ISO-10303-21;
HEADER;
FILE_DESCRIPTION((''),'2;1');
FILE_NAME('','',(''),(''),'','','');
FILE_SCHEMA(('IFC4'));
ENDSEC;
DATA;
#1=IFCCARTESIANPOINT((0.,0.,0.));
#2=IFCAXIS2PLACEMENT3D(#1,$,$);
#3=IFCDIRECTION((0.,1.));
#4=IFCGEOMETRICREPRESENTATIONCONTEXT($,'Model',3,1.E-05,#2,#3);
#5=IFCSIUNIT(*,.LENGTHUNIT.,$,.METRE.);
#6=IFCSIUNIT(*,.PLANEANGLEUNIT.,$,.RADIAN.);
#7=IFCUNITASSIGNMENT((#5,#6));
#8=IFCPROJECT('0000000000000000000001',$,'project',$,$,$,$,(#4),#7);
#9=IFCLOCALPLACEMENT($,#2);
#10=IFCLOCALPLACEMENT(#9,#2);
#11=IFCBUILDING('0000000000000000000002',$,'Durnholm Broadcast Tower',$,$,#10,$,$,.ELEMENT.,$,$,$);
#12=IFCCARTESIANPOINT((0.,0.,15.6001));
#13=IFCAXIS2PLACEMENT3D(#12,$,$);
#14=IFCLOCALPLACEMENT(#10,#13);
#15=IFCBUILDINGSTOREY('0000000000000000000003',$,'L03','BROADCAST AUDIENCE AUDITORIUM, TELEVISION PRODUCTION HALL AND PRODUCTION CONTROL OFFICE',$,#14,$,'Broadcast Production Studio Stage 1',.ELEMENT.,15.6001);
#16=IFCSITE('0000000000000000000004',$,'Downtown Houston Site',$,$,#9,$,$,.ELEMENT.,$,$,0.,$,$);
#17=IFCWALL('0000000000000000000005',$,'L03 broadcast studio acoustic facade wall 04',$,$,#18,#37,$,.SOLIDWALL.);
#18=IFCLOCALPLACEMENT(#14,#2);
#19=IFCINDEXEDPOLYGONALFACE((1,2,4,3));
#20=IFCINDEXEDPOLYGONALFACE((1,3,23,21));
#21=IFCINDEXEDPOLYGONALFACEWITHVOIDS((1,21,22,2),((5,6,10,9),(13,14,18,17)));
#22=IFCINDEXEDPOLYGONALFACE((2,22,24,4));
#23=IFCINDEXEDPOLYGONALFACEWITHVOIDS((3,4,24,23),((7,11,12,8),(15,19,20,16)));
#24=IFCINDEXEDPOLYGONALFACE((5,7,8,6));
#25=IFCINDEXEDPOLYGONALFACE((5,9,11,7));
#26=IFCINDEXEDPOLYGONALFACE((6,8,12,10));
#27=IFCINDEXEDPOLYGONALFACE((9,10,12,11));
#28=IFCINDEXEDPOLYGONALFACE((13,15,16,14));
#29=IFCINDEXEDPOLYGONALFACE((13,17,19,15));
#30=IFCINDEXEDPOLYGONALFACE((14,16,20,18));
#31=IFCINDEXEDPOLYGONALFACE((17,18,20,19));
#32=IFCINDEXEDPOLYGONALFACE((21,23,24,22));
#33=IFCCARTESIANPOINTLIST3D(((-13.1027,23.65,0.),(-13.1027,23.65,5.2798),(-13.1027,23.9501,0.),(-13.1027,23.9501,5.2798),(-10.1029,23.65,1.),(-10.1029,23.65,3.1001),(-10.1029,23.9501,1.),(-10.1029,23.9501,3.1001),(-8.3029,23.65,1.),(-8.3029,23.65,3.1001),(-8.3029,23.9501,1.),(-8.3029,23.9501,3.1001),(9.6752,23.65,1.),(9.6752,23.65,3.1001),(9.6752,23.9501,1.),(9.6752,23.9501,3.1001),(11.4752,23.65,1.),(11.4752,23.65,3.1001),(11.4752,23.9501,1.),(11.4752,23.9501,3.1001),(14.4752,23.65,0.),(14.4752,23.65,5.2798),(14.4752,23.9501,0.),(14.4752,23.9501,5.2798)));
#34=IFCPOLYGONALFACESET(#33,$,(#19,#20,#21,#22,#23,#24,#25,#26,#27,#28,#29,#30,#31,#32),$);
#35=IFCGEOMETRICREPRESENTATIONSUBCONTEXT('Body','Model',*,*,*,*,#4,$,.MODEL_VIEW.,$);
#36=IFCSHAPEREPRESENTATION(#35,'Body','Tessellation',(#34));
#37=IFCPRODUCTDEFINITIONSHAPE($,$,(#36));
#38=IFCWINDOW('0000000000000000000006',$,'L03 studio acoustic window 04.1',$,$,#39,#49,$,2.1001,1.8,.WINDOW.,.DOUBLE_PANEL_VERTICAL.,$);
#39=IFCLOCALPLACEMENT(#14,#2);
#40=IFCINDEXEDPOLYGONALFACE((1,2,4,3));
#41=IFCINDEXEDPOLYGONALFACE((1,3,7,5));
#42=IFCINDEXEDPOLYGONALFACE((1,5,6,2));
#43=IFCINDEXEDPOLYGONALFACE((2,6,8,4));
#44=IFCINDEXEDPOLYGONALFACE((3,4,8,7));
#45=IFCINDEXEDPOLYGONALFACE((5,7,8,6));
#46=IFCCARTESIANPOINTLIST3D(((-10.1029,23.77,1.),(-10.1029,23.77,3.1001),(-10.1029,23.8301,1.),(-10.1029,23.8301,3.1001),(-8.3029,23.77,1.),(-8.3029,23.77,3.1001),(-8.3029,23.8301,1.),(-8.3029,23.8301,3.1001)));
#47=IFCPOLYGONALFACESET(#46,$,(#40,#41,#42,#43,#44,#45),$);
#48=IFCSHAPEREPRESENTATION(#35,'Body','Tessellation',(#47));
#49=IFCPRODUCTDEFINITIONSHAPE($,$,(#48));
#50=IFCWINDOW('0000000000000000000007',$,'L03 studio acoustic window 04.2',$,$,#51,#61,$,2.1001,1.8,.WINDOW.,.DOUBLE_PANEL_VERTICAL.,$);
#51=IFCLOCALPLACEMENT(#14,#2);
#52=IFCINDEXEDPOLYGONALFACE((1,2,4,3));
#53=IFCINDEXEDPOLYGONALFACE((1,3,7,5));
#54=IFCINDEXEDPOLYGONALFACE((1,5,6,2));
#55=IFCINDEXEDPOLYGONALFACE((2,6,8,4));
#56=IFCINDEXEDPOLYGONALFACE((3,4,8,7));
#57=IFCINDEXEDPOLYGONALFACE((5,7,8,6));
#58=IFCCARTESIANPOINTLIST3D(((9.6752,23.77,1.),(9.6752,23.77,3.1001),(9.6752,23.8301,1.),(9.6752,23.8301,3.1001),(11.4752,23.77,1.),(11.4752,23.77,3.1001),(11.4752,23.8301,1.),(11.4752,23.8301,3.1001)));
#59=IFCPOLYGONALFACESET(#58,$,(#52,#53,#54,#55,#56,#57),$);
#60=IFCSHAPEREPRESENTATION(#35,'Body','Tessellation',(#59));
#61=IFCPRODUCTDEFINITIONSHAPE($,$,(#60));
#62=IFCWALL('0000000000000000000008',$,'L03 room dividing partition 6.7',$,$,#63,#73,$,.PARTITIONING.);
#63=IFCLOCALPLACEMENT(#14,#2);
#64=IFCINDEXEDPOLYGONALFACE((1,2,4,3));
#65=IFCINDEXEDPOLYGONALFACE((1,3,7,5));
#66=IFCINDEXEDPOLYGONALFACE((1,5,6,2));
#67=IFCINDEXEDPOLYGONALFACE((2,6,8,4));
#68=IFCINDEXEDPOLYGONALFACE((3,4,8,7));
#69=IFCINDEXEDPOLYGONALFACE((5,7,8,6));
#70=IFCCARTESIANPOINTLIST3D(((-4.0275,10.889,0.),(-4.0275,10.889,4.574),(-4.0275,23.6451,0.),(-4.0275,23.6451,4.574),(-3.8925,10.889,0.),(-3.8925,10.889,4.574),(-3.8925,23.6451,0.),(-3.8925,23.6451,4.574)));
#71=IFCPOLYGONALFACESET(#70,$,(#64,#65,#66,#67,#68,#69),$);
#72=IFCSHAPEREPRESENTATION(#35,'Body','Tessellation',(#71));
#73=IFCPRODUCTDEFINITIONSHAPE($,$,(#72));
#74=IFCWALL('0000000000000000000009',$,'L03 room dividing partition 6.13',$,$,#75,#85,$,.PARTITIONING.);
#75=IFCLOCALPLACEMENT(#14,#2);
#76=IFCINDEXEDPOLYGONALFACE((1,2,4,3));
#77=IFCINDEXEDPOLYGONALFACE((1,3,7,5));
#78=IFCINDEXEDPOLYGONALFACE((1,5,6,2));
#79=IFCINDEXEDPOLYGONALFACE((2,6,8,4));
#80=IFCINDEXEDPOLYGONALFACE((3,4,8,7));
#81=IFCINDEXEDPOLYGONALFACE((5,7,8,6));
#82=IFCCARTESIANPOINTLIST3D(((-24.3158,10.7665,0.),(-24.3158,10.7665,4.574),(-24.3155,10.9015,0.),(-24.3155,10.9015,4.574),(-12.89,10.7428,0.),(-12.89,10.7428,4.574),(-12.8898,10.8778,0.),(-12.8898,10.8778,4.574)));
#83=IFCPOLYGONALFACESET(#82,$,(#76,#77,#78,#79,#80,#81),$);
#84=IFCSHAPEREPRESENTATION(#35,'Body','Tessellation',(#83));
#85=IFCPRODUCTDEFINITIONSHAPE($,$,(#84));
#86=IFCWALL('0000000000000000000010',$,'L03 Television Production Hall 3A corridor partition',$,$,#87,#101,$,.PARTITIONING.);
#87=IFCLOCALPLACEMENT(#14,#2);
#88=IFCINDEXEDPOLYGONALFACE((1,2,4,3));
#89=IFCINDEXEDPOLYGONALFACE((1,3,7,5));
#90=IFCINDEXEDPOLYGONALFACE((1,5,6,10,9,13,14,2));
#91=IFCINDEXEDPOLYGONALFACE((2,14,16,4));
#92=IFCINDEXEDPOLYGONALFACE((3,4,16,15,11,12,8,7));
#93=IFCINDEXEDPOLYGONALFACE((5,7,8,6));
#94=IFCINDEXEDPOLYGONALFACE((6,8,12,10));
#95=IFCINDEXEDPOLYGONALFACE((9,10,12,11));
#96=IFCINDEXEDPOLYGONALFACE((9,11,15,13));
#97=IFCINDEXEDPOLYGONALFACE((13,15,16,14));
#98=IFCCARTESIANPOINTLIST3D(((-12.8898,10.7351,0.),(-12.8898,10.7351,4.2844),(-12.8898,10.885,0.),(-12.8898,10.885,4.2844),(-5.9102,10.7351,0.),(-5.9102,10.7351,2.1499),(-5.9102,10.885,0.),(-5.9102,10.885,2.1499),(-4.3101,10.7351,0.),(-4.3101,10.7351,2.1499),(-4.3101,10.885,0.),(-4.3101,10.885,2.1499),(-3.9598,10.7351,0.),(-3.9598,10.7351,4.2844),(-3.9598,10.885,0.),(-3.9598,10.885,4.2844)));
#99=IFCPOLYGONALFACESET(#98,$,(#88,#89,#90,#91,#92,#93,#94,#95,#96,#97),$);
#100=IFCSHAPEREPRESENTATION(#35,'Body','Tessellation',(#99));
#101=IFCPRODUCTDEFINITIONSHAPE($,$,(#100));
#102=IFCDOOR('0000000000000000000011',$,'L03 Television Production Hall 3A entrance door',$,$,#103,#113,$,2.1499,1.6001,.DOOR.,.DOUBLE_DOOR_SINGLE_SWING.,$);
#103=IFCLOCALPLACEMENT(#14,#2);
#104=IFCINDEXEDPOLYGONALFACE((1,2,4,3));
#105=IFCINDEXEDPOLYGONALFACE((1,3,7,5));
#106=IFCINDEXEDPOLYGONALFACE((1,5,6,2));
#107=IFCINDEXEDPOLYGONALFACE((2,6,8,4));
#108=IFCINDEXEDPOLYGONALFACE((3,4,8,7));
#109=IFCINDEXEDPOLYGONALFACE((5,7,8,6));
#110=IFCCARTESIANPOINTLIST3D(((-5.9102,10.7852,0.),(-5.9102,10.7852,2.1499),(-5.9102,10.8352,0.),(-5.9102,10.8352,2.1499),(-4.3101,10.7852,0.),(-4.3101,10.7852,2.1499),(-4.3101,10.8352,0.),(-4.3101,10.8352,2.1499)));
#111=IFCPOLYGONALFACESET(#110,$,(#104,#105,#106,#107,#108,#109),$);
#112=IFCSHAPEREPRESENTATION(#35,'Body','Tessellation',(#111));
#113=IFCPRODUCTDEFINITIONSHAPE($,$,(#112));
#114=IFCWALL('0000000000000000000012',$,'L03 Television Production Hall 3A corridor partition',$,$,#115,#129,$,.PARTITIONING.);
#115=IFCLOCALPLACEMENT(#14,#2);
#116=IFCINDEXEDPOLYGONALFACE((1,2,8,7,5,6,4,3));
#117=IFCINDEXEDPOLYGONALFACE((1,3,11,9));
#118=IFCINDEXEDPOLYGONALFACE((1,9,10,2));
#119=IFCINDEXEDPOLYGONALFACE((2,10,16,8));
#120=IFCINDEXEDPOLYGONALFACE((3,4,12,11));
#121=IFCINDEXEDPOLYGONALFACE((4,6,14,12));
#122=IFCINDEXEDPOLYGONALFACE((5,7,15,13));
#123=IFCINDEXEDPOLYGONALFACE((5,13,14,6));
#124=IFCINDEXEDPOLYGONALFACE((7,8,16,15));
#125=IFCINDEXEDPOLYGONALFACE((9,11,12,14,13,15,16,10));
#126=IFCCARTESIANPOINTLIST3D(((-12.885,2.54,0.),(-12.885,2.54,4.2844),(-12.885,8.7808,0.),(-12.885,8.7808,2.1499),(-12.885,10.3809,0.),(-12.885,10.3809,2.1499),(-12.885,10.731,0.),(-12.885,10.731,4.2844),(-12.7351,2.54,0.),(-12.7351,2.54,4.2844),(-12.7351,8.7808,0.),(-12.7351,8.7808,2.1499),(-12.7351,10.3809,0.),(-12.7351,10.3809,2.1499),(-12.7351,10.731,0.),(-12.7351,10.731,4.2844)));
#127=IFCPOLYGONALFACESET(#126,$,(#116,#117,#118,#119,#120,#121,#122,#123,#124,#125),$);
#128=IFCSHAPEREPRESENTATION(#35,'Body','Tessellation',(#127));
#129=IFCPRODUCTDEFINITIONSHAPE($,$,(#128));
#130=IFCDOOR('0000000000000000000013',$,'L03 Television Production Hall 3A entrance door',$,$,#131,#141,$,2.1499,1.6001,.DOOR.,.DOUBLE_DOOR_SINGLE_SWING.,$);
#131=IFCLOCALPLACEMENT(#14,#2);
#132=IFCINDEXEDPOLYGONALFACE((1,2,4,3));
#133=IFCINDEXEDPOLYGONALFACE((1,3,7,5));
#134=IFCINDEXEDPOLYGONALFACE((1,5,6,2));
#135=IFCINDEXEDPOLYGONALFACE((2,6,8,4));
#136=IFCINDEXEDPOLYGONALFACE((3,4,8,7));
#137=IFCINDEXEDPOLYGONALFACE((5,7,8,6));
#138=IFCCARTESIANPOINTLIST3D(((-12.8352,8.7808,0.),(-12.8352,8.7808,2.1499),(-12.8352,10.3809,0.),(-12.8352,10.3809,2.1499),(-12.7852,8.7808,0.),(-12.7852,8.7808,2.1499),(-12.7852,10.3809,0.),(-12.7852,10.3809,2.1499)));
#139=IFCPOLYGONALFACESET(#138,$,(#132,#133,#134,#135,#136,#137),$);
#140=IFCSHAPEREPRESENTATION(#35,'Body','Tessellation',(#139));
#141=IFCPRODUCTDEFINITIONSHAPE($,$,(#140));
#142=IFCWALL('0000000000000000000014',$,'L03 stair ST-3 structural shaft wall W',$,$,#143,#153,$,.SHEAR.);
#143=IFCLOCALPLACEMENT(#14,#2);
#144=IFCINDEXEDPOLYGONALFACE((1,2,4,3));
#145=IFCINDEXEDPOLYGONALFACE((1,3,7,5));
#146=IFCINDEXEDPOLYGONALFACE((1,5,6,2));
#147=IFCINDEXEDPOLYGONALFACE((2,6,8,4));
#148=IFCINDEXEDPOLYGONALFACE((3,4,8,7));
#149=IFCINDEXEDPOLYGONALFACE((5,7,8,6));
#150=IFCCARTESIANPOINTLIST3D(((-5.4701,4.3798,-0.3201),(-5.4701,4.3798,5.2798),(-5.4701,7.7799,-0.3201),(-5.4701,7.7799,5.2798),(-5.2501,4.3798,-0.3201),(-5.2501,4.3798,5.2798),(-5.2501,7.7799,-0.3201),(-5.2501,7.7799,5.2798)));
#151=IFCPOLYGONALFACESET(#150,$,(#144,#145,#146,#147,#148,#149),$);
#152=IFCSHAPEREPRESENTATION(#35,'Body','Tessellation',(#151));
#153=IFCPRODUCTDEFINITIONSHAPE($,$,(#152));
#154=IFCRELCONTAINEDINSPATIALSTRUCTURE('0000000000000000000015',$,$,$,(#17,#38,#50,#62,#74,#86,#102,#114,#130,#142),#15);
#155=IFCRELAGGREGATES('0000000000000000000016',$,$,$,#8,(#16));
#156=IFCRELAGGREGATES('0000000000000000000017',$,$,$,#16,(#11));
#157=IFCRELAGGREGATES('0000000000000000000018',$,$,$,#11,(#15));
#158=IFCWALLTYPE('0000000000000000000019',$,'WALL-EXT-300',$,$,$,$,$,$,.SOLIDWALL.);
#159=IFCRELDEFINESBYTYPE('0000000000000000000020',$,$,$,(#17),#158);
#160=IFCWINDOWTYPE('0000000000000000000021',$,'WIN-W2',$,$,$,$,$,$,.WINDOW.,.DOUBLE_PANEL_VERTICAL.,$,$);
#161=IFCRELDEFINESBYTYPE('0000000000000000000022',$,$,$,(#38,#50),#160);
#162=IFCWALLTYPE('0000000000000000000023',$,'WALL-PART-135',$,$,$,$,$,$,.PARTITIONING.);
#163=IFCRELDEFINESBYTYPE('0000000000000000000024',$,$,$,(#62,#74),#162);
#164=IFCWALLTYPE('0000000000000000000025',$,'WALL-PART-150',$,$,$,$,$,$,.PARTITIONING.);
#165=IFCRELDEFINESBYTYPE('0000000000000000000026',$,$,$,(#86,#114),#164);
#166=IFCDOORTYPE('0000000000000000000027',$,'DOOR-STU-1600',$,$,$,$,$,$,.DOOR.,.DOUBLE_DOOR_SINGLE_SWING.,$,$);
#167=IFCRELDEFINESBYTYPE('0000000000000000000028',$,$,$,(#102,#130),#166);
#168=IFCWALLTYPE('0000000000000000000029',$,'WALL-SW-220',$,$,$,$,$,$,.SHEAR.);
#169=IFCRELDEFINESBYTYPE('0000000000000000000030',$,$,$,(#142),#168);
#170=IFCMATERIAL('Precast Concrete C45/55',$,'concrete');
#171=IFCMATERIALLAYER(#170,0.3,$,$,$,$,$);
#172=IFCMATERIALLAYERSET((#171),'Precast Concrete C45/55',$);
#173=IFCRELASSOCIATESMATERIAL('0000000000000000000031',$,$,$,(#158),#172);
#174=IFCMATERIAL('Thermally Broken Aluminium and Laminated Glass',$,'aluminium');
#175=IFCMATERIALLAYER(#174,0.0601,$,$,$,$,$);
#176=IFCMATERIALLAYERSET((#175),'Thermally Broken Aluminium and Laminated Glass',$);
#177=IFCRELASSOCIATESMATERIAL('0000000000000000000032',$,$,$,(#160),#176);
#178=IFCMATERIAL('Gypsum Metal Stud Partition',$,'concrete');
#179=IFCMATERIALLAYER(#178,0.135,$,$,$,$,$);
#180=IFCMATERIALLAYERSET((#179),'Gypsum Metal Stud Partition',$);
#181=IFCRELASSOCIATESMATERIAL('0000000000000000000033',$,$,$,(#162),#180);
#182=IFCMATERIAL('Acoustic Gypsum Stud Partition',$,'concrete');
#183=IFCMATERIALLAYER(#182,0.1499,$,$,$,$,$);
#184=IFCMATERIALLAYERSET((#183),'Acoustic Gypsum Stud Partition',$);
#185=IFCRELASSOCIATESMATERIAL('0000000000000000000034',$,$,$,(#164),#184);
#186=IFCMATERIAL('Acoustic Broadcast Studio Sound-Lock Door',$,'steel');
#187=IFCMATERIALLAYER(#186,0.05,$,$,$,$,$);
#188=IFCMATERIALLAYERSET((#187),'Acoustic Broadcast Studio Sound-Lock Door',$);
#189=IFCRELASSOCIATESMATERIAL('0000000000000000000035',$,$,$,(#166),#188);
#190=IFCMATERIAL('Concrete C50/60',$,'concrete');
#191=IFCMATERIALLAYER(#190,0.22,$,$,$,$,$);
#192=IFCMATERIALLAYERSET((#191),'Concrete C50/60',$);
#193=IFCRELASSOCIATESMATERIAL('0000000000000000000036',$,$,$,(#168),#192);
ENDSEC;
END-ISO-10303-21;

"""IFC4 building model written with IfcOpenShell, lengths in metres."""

from ifc_helpers import new_model, si_unit, direction, frame, frame_2d, origin, place, context, subcontext, project, spatial, rectangle, extrude, source, transform, mapped, material, layer, layer_set, type_object, type_shapes, element, fill, save


model = new_model("IFC4")

# Units and contexts
model_context = context("Model", 3, precision=1e-05, world=origin(), true_north=direction((0.0, 1.0)))
body_context = subcontext(model_context, "Body", "Model", "MODEL_VIEW")
ifc_project = project(units=[si_unit("LENGTHUNIT", "METRE"), si_unit("PLANEANGLEUNIT", "RADIAN")], contexts=[model_context])

# Site, building, storey
site_placement = place(None, origin())
site = spatial("IfcSite", under=ifc_project, at=site_placement, Name="Downtown Houston Site", CompositionType="ELEMENT", RefElevation=0.0)
building_placement = place(site_placement, origin())
building = spatial("IfcBuilding", under=site, at=building_placement, Name="Durnholm Broadcast Tower", CompositionType="ELEMENT")
storey_placement = place(building_placement, frame((0.0, 0.0, 15.6001)))
storey = spatial("IfcBuildingStorey", under=building, at=storey_placement, Name="L03", Description="BROADCAST AUDIENCE AUDITORIUM, TELEVISION PRODUCTION HALL AND PRODUCTION CONTROL OFFICE", LongName="Broadcast Production Studio Stage 1", CompositionType="ELEMENT", Elevation=15.6001)

# Wall, openings, windows
ifc_material_1 = material(Name="Precast Concrete C45/55", Category="concrete")
ifc_layer_1 = layer(ifc_material_1, 0.3)
ifc_layer_set_1 = layer_set([ifc_layer_1], Name="Precast Concrete C45/55")
wall_type_1 = type_object("IfcWallType", Name="WALL-EXT-300", PredefinedType="SOLIDWALL", material=ifc_layer_set_1)
wall_1_placement = place(storey_placement, frame((-13.1028, 23.8, 0.0), z_axis=(0.0, 0.0, 1.0), x_axis=(1.0, 0.0, 0.0)))
wall_1 = element("IfcWall", 1, at=wall_1_placement, inside=storey, type_object=wall_type_1, Name="L03 broadcast studio acoustic facade wall 04", PredefinedType="SOLIDWALL", context=body_context, shape_type="SweptSolid", body=[
    extrude(rectangle(XDim=27.5779, YDim=0.3, at=frame_2d((13.7891, 0.0))), origin(), (0.0, 0.0, 1.0), 5.2798),
])
opening_1_placement = place(wall_1_placement, frame((3.0, 0.0, 1.0)))
opening_1 = element("IfcOpeningElement", 2, at=opening_1_placement, cuts=wall_1, PredefinedType="OPENING", context=body_context, shape_type="SweptSolid", body=[
    extrude(rectangle(XDim=1.8, YDim=2.1001, at=frame_2d((0.8999, 1.05))), frame((0.0, 0.1602, 0.0), z_axis=(0.0, -1.0, 0.0), x_axis=(1.0, 0.0, 0.0)), (0.0, 0.0, 1.0), 0.3201),
])
opening_2_placement = place(wall_1_placement, frame((22.7781, 0.0, 1.0)))
opening_2 = element("IfcOpeningElement", 3, at=opening_2_placement, cuts=wall_1, PredefinedType="OPENING", context=body_context, shape_type="SweptSolid", body=[
    extrude(rectangle(XDim=1.8, YDim=2.1001, at=frame_2d((0.8999, 1.05))), frame((0.0, 0.1602, 0.0), z_axis=(0.0, -1.0, 0.0), x_axis=(1.0, 0.0, 0.0)), (0.0, 0.0, 1.0), 0.3201),
])
ifc_material_2 = material(Name="Thermally Broken Aluminium and Laminated Glass", Category="aluminium")
ifc_layer_2 = layer(ifc_material_2, 0.0601)
ifc_layer_set_2 = layer_set([ifc_layer_2], Name="Thermally Broken Aluminium and Laminated Glass")
window_type = type_object("IfcWindowType", Name="WIN-W2", PartitioningType="DOUBLE_PANEL_VERTICAL", PredefinedType="WINDOW", material=ifc_layer_set_2)
shared_shape_1 = source(origin(), body_context, "Body", "SweptSolid", [
    extrude(rectangle(XDim=1.8, YDim=2.1001, at=frame_2d((0.8999, 1.05))), frame((0.0, 0.03, 0.0), z_axis=(0.0, -1.0, 0.0), x_axis=(1.0, 0.0, 0.0)), (0.0, 0.0, 1.0), 0.0601),
])
type_shapes(window_type, [shared_shape_1])
window_1_placement = place(opening_1_placement, origin())
window_1 = element("IfcWindow", 4, at=window_1_placement, inside=storey, type_object=window_type, Name="L03 studio acoustic window 04.1", OverallHeight=2.1001, OverallWidth=1.8, PartitioningType="DOUBLE_PANEL_VERTICAL", PredefinedType="WINDOW", context=body_context, shape_type="MappedRepresentation", body=[
    mapped(shared_shape_1, transform((0.0, 0.0, 0.0), x_axis=(1.0, 0.0, 0.0), y_axis=(0.0, 1.0, 0.0), z_axis=(0.0, 0.0, 1.0), scale=1.0)),
])
fill(opening_1, window_1)
window_2_placement = place(opening_2_placement, origin())
window_2 = element("IfcWindow", 5, at=window_2_placement, inside=storey, type_object=window_type, Name="L03 studio acoustic window 04.2", OverallHeight=2.1001, OverallWidth=1.8, PartitioningType="DOUBLE_PANEL_VERTICAL", PredefinedType="WINDOW", context=body_context, shape_type="MappedRepresentation", body=[
    mapped(shared_shape_1, transform((0.0, 0.0, 0.0), x_axis=(1.0, 0.0, 0.0), y_axis=(0.0, 1.0, 0.0), z_axis=(0.0, 0.0, 1.0), scale=1.0)),
])
fill(opening_2, window_2)

# Walls
ifc_material_3 = material(Name="Gypsum Metal Stud Partition", Category="concrete")
ifc_layer_3 = layer(ifc_material_3, 0.135)
ifc_layer_set_3 = layer_set([ifc_layer_3], Name="Gypsum Metal Stud Partition")
wall_type_2 = type_object("IfcWallType", Name="WALL-PART-135", PredefinedType="PARTITIONING", material=ifc_layer_set_3)
wall_2_placement = place(storey_placement, frame((-3.96, 23.645, 0.0), z_axis=(0.0, 0.0, 1.0), x_axis=(0.0, -1.0, 0.0)))
element("IfcWall", 6, at=wall_2_placement, inside=storey, type_object=wall_type_2, Name="L03 room dividing partition 6.7", PredefinedType="PARTITIONING", context=body_context, shape_type="SweptSolid", body=[
    extrude(rectangle(XDim=12.7561, YDim=0.135, at=frame_2d((6.3779, 0.0))), origin(), (0.0, 0.0, 1.0), 4.574),
])
wall_3_placement = place(storey_placement, frame((-12.8899, 10.8103, 0.0), z_axis=(0.0, 0.0, 1.0), x_axis=(-0.999998, 0.002073, 0.0)))
element("IfcWall", 7, at=wall_3_placement, inside=storey, type_object=wall_type_2, Name="L03 room dividing partition 6.13", PredefinedType="PARTITIONING", context=body_context, shape_type="SweptSolid", body=[
    extrude(rectangle(XDim=11.4258, YDim=0.135, at=frame_2d((5.7129, 0.0))), origin(), (0.0, 0.0, 1.0), 4.574),
])

# Walls, openings, doors
ifc_material_4 = material(Name="Acoustic Gypsum Stud Partition", Category="concrete")
ifc_layer_4 = layer(ifc_material_4, 0.1499)
ifc_layer_set_4 = layer_set([ifc_layer_4], Name="Acoustic Gypsum Stud Partition")
wall_type_3 = type_object("IfcWallType", Name="WALL-PART-150", PredefinedType="PARTITIONING", material=ifc_layer_set_4)
wall_4_placement = place(storey_placement, frame((-3.96, 10.8101, 0.0), z_axis=(0.0, 0.0, 1.0), x_axis=(-1.0, 0.0, 0.0)))
wall_4 = element("IfcWall", 8, at=wall_4_placement, inside=storey, type_object=wall_type_3, Name="L03 Television Production Hall 3A corridor partition", PredefinedType="PARTITIONING", context=body_context, shape_type="SweptSolid", body=[
    extrude(rectangle(XDim=8.9299, YDim=0.1499, at=frame_2d((4.4648, 0.0))), origin(), (0.0, 0.0, 1.0), 4.2844),
])
opening_3_placement = place(wall_4_placement, frame((0.3501, 0.0, 0.0)))
opening_3 = element("IfcOpeningElement", 9, at=opening_3_placement, cuts=wall_4, PredefinedType="OPENING", context=body_context, shape_type="SweptSolid", body=[
    extrude(rectangle(XDim=1.6001, YDim=2.1499, at=frame_2d((0.8, 1.075))), frame((0.0, 0.085, 0.0), z_axis=(0.0, -1.0, 0.0), x_axis=(1.0, 0.0, 0.0)), (0.0, 0.0, 1.0), 0.1699),
])
ifc_material_5 = material(Name="Acoustic Broadcast Studio Sound-Lock Door", Category="steel")
ifc_layer_5 = layer(ifc_material_5, 0.05)
ifc_layer_set_5 = layer_set([ifc_layer_5], Name="Acoustic Broadcast Studio Sound-Lock Door")
door_type = type_object("IfcDoorType", Name="DOOR-STU-1600", OperationType="DOUBLE_DOOR_SINGLE_SWING", PredefinedType="DOOR", material=ifc_layer_set_5)
shared_shape_2 = source(origin(), body_context, "Body", "SweptSolid", [
    extrude(rectangle(XDim=1.6001, YDim=2.1499, at=frame_2d((0.8, 1.075))), frame((0.0, 0.0249, 0.0), z_axis=(0.0, -1.0, 0.0), x_axis=(1.0, 0.0, 0.0)), (0.0, 0.0, 1.0), 0.05),
])
type_shapes(door_type, [shared_shape_2])
door_1_placement = place(opening_3_placement, origin())
door_1 = element("IfcDoor", 10, at=door_1_placement, inside=storey, type_object=door_type, Name="L03 Television Production Hall 3A entrance door", OperationType="DOUBLE_DOOR_SINGLE_SWING", OverallHeight=2.1499, OverallWidth=1.6001, PredefinedType="DOOR", context=body_context, shape_type="MappedRepresentation", body=[
    mapped(shared_shape_2, transform((0.0, 0.0, 0.0), x_axis=(1.0, 0.0, 0.0), y_axis=(0.0, 1.0, 0.0), z_axis=(0.0, 0.0, 1.0), scale=1.0)),
])
fill(opening_3, door_1)
wall_5_placement = place(storey_placement, frame((-12.8101, 10.731, 0.0), z_axis=(0.0, 0.0, 1.0), x_axis=(0.0, -1.0, 0.0)))
wall_5 = element("IfcWall", 11, at=wall_5_placement, inside=storey, type_object=wall_type_3, Name="L03 Television Production Hall 3A corridor partition", PredefinedType="PARTITIONING", context=body_context, shape_type="SweptSolid", body=[
    extrude(rectangle(XDim=8.1909, YDim=0.1499, at=frame_2d((4.0955, 0.0))), origin(), (0.0, 0.0, 1.0), 4.2844),
])
opening_4_placement = place(wall_5_placement, frame((0.3501, 0.0, 0.0)))
opening_4 = element("IfcOpeningElement", 12, at=opening_4_placement, cuts=wall_5, PredefinedType="OPENING", context=body_context, shape_type="SweptSolid", body=[
    extrude(rectangle(XDim=1.6001, YDim=2.1499, at=frame_2d((0.8, 1.075))), frame((0.0, 0.085, 0.0), z_axis=(0.0, -1.0, 0.0), x_axis=(1.0, 0.0, 0.0)), (0.0, 0.0, 1.0), 0.1699),
])
door_2_placement = place(opening_4_placement, origin())
door_2 = element("IfcDoor", 13, at=door_2_placement, inside=storey, type_object=door_type, Name="L03 Television Production Hall 3A entrance door", OperationType="DOUBLE_DOOR_SINGLE_SWING", OverallHeight=2.1499, OverallWidth=1.6001, PredefinedType="DOOR", context=body_context, shape_type="MappedRepresentation", body=[
    mapped(shared_shape_2, transform((0.0, 0.0, 0.0), x_axis=(1.0, 0.0, 0.0), y_axis=(0.0, 1.0, 0.0), z_axis=(0.0, 0.0, 1.0), scale=1.0)),
])
fill(opening_4, door_2)

# Wall
ifc_material_6 = material(Name="Concrete C50/60", Category="concrete")
ifc_layer_6 = layer(ifc_material_6, 0.22)
ifc_layer_set_6 = layer_set([ifc_layer_6], Name="Concrete C50/60")
wall_type_4 = type_object("IfcWallType", Name="WALL-SW-220", PredefinedType="SHEAR", material=ifc_layer_set_6)
wall_6_placement = place(storey_placement, frame((-5.3601, 7.78, -0.3201), z_axis=(0.0, 0.0, 1.0), x_axis=(0.0, -1.0, 0.0)))
element("IfcWall", 14, at=wall_6_placement, inside=storey, type_object=wall_type_4, Name="L03 stair ST-3 structural shaft wall W", PredefinedType="SHEAR", context=body_context, shape_type="SweptSolid", body=[
    extrude(rectangle(XDim=3.4001, YDim=0.22, at=frame_2d((1.7002, 0.0))), origin(), (0.0, 0.0, 1.0), 5.5999),
])

save(model, "model.ifc")
